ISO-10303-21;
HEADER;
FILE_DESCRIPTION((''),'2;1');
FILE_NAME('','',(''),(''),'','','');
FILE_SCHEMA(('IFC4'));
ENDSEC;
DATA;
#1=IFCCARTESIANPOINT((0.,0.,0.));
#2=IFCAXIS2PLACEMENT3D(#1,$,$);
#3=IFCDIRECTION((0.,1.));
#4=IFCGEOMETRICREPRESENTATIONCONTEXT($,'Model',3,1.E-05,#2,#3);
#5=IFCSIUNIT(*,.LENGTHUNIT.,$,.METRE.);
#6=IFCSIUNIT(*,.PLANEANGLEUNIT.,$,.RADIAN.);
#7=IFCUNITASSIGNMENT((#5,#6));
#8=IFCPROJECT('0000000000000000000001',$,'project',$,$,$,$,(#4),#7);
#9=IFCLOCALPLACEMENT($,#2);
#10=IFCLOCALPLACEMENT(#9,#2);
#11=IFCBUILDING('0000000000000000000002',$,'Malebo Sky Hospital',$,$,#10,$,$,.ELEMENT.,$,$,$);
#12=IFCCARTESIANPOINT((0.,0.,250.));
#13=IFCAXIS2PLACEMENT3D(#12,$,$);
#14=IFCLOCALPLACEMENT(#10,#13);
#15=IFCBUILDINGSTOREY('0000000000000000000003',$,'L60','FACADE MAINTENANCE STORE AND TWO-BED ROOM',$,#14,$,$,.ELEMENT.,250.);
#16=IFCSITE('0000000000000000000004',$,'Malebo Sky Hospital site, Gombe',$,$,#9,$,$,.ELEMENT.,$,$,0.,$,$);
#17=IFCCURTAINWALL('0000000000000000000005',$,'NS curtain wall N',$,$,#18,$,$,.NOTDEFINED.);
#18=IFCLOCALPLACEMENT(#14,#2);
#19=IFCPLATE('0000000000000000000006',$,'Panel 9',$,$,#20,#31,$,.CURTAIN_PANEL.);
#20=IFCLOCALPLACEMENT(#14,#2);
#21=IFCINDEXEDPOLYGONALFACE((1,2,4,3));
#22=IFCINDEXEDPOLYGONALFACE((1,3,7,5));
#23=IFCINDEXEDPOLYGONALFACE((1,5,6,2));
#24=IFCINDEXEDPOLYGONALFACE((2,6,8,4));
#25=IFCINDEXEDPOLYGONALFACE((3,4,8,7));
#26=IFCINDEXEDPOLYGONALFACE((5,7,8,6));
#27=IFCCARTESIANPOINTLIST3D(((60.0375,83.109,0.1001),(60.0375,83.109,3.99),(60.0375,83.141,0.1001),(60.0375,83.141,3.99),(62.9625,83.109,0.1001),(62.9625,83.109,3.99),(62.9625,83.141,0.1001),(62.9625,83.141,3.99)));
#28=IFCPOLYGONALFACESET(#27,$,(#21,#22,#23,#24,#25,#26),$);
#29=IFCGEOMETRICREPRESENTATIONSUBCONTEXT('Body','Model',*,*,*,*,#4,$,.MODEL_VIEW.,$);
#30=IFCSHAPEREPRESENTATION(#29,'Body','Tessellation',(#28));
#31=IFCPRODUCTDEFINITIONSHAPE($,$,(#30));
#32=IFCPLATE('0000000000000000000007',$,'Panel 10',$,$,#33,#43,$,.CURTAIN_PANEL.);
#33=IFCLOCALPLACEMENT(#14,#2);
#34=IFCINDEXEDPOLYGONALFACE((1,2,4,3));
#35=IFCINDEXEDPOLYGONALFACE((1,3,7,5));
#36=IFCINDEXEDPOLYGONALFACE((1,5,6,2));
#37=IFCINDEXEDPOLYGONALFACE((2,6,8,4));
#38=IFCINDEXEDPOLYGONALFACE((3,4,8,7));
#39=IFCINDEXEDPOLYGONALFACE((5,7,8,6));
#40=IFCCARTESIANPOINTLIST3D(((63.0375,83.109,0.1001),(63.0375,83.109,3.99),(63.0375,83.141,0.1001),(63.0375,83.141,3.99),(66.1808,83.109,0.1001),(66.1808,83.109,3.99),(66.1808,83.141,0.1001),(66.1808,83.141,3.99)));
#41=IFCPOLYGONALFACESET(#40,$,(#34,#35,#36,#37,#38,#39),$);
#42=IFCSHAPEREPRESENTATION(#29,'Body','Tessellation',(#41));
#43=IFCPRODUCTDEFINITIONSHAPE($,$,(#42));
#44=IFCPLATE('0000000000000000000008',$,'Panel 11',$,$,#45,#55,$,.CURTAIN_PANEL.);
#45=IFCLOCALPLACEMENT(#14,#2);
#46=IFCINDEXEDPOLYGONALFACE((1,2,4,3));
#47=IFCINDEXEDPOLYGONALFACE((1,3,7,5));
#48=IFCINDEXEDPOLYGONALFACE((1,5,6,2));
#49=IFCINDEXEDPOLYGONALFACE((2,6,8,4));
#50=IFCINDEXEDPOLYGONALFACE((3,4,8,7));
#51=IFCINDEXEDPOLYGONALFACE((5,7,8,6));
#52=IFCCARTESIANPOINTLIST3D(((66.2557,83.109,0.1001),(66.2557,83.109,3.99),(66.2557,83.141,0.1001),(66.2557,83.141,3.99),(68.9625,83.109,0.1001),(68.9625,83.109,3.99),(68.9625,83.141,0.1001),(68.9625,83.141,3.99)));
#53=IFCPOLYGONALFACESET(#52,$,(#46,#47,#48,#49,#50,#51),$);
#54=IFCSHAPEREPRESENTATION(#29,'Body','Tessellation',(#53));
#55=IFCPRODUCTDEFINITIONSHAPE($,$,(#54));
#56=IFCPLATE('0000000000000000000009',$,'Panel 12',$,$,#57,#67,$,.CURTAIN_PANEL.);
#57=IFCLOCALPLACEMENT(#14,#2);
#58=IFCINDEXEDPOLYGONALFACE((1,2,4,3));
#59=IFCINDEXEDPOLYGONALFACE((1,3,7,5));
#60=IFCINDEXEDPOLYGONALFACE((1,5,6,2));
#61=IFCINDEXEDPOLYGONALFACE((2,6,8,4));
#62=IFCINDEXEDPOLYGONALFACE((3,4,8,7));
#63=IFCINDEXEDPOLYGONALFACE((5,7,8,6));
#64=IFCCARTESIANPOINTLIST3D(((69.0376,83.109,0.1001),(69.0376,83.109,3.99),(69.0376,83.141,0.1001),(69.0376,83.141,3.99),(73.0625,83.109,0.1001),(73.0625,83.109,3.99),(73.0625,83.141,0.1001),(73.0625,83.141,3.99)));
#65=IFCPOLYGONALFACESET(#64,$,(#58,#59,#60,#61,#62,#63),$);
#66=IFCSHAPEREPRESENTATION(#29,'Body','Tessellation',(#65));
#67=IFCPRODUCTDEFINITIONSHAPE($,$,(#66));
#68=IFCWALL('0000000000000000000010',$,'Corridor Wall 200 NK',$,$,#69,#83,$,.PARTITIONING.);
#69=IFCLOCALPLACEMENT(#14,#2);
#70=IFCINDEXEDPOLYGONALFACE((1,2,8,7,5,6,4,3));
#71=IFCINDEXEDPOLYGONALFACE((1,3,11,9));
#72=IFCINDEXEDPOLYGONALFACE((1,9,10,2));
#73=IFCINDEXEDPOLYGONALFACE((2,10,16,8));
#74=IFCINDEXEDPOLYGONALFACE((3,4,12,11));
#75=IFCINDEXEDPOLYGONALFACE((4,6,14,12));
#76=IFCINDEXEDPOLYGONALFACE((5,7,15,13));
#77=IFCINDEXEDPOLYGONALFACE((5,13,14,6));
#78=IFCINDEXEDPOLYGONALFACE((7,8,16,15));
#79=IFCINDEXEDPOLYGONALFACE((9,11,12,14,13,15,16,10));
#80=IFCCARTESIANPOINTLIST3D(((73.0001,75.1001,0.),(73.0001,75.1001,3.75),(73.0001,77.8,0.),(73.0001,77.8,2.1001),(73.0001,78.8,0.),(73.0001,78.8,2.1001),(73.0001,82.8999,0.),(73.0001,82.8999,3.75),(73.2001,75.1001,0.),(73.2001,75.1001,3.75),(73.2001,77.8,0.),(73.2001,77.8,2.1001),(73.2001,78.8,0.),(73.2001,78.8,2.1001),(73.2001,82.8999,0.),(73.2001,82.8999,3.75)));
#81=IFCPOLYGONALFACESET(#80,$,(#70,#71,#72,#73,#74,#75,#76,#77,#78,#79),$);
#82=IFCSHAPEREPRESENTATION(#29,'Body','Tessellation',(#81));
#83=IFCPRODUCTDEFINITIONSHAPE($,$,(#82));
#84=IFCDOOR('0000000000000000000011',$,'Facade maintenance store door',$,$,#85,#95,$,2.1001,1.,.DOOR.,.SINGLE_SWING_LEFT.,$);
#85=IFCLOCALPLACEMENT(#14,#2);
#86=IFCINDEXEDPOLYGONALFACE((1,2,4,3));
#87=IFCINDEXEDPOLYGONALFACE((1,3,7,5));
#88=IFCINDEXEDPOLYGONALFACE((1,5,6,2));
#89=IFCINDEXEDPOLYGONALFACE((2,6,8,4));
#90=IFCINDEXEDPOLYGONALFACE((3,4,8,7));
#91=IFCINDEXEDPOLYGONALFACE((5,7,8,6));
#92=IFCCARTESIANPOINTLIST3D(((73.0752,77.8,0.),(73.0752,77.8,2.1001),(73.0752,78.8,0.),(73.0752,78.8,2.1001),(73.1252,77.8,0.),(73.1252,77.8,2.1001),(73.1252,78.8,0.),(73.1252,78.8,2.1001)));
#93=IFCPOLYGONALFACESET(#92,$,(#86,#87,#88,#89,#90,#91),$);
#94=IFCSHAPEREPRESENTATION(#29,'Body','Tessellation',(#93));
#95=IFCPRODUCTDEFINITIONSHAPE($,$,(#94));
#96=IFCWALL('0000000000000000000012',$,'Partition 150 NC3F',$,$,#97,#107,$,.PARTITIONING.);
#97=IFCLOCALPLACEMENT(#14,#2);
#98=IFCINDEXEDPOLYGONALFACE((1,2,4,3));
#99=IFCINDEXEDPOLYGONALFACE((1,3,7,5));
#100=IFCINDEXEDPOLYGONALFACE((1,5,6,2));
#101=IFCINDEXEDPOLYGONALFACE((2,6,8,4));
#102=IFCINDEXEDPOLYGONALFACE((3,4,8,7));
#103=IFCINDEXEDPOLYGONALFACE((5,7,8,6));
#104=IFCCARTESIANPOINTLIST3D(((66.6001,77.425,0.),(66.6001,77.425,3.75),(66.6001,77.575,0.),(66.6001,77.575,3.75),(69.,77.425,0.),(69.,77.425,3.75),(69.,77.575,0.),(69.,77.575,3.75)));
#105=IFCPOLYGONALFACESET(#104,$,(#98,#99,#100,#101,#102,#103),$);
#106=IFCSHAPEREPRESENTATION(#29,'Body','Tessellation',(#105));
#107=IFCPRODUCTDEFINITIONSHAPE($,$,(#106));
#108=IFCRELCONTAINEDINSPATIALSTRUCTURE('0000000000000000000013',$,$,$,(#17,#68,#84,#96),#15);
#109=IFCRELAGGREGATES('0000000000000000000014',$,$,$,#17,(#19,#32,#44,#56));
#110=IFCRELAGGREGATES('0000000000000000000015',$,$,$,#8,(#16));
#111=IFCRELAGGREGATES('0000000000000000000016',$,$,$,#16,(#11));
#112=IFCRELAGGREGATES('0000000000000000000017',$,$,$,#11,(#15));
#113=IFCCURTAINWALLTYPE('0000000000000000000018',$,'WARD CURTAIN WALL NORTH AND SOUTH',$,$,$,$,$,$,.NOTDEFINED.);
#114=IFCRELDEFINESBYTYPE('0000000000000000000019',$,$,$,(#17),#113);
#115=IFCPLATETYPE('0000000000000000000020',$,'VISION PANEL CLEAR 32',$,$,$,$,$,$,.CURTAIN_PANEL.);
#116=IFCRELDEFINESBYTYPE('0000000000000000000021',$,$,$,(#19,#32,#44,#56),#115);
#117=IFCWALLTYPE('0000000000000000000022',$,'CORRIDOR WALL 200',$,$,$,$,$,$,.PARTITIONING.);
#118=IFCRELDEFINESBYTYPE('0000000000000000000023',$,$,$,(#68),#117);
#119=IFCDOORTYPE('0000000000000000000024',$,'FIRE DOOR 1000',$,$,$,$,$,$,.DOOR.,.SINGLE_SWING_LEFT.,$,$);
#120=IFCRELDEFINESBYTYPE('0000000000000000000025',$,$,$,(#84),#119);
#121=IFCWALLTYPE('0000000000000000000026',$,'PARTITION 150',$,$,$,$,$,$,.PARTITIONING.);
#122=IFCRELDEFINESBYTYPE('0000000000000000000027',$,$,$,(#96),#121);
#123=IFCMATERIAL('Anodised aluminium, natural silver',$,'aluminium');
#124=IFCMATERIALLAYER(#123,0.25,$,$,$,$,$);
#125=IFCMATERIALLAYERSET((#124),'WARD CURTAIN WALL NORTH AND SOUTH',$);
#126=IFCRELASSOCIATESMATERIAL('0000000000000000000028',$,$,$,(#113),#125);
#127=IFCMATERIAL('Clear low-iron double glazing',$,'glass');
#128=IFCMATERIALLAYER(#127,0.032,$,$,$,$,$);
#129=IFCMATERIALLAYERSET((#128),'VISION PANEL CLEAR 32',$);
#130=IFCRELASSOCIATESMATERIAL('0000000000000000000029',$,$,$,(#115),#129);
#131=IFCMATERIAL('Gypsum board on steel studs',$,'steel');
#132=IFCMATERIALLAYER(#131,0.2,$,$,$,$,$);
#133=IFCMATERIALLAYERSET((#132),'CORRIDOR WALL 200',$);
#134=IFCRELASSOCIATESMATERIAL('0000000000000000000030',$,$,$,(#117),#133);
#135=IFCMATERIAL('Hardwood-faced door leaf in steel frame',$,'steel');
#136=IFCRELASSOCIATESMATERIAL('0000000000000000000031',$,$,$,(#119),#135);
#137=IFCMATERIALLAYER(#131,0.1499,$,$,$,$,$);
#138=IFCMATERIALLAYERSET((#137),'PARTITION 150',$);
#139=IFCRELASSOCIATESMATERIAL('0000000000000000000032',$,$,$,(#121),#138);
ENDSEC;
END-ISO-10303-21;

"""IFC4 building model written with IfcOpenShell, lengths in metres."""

from ifc_helpers import new_model, si_unit, direction, frame, frame_2d, origin, origin_2d, place, context, subcontext, project, spatial, rectangle, extrude, material, layer, layer_set, type_object, element, fill, aggregate, save


model = new_model("IFC4")

# Units and contexts
model_context = context("Model", 3, precision=1e-05, world=origin(), true_north=direction((0.0, 1.0)))
body_context = subcontext(model_context, "Body", "Model", "MODEL_VIEW")
ifc_project = project(units=[si_unit("LENGTHUNIT", "METRE"), si_unit("PLANEANGLEUNIT", "RADIAN")], contexts=[model_context])

# Site, building, storey
site_placement = place(None, origin())
site = spatial("IfcSite", under=ifc_project, at=site_placement, Name="Malebo Sky Hospital site, Gombe", CompositionType="ELEMENT", RefElevation=0.0)
building_placement = place(site_placement, origin())
building = spatial("IfcBuilding", under=site, at=building_placement, Name="Malebo Sky Hospital", CompositionType="ELEMENT")
storey_placement = place(building_placement, frame((0.0, 0.0, 250.0)))
storey = spatial("IfcBuildingStorey", under=building, at=storey_placement, Name="L60", Description="FACADE MAINTENANCE STORE AND TWO-BED ROOM", CompositionType="ELEMENT", Elevation=250.0)

# Curtain wall
ifc_material_1 = material(Name="Anodised aluminium, natural silver", Category="aluminium")
ifc_layer_1 = layer(ifc_material_1, 0.25)
ifc_layer_set_1 = layer_set([ifc_layer_1], Name="WARD CURTAIN WALL NORTH AND SOUTH")
curtain_wall_type = type_object("IfcCurtainWallType", Name="WARD CURTAIN WALL NORTH AND SOUTH", PredefinedType="NOTDEFINED", material=ifc_layer_set_1)
curtain_wall_placement = place(storey_placement, origin())
curtain_wall = element("IfcCurtainWall", 1, at=curtain_wall_placement, inside=storey, type_object=curtain_wall_type, Name="NS curtain wall N", PredefinedType="NOTDEFINED")

# Plates
ifc_material_2 = material(Name="Clear low-iron double glazing", Category="glass")
ifc_layer_2 = layer(ifc_material_2, 0.032)
ifc_layer_set_2 = layer_set([ifc_layer_2], Name="VISION PANEL CLEAR 32")
plate_type = type_object("IfcPlateType", Name="VISION PANEL CLEAR 32", PredefinedType="CURTAIN_PANEL", material=ifc_layer_set_2)
plate_1_placement = place(storey_placement, frame((61.5, 83.125, 0.1001), z_axis=(0.0, 0.0, 1.0), x_axis=(1.0, 0.0, 0.0)))
plate_1 = element("IfcPlate", 2, at=plate_1_placement, type_object=plate_type, Name="Panel 9", PredefinedType="CURTAIN_PANEL", context=body_context, shape_type="SweptSolid", body=[
    extrude(rectangle(XDim=2.925, YDim=0.032, at=origin_2d()), origin(), (0.0, 0.0, 1.0), 3.8899),
])
plate_2_placement = place(storey_placement, frame((64.6091, 83.125, 0.1001), z_axis=(0.0, 0.0, 1.0), x_axis=(1.0, 0.0, 0.0)))
plate_2 = element("IfcPlate", 3, at=plate_2_placement, type_object=plate_type, Name="Panel 10", PredefinedType="CURTAIN_PANEL", context=body_context, shape_type="SweptSolid", body=[
    extrude(rectangle(XDim=3.1433, YDim=0.032, at=origin_2d()), origin(), (0.0, 0.0, 1.0), 3.8899),
])
plate_3_placement = place(storey_placement, frame((67.6091, 83.125, 0.1001), z_axis=(0.0, 0.0, 1.0), x_axis=(1.0, 0.0, 0.0)))
plate_3 = element("IfcPlate", 4, at=plate_3_placement, type_object=plate_type, Name="Panel 11", PredefinedType="CURTAIN_PANEL", context=body_context, shape_type="SweptSolid", body=[
    extrude(rectangle(XDim=2.7068, YDim=0.032, at=origin_2d()), origin(), (0.0, 0.0, 1.0), 3.8899),
])
plate_4_placement = place(storey_placement, frame((71.05, 83.125, 0.1001), z_axis=(0.0, 0.0, 1.0), x_axis=(1.0, 0.0, 0.0)))
plate_4 = element("IfcPlate", 5, at=plate_4_placement, type_object=plate_type, Name="Panel 12", PredefinedType="CURTAIN_PANEL", context=body_context, shape_type="SweptSolid", body=[
    extrude(rectangle(XDim=4.0249, YDim=0.032, at=origin_2d()), origin(), (0.0, 0.0, 1.0), 3.8899),
])
aggregate(curtain_wall, [plate_1, plate_2, plate_3, plate_4])

# Wall, opening, door
ifc_material_3 = material(Name="Gypsum board on steel studs", Category="steel")
ifc_layer_3 = layer(ifc_material_3, 0.2)
ifc_layer_set_3 = layer_set([ifc_layer_3], Name="CORRIDOR WALL 200")
wall_type_1 = type_object("IfcWallType", Name="CORRIDOR WALL 200", PredefinedType="PARTITIONING", material=ifc_layer_set_3)
wall_1_placement = place(storey_placement, frame((73.1001, 75.1001, 0.0), z_axis=(0.0, 0.0, 1.0), x_axis=(0.0, 1.0, 0.0)))
wall_1 = element("IfcWall", 6, at=wall_1_placement, inside=storey, type_object=wall_type_1, Name="Corridor Wall 200 NK", PredefinedType="PARTITIONING", context=body_context, shape_type="SweptSolid", body=[
    extrude(rectangle(XDim=7.7998, YDim=0.2, at=frame_2d((3.8999, 0.0))), origin(), (0.0, 0.0, 1.0), 3.75),
])
opening_placement = place(wall_1_placement, frame((2.7, 0.0, 0.0)))
opening = element("IfcOpeningElement", 7, at=opening_placement, cuts=wall_1, PredefinedType="OPENING", context=body_context, shape_type="SweptSolid", body=[
    extrude(rectangle(XDim=1.0, YDim=2.1001, at=frame_2d((0.5, 1.05))), frame((0.0, 0.1099, 0.0), z_axis=(0.0, -1.0, 0.0), x_axis=(1.0, 0.0, 0.0)), (0.0, 0.0, 1.0), 0.22),
])
ifc_material_4 = material(Name="Hardwood-faced door leaf in steel frame", Category="steel")
door_type = type_object("IfcDoorType", Name="FIRE DOOR 1000", OperationType="SINGLE_SWING_LEFT", PredefinedType="DOOR", material=ifc_material_4)
door_placement = place(opening_placement, origin())
door = element("IfcDoor", 8, at=door_placement, inside=storey, type_object=door_type, Name="Facade maintenance store door", OperationType="SINGLE_SWING_LEFT", OverallHeight=2.1001, OverallWidth=1.0, PredefinedType="DOOR", context=body_context, shape_type="SweptSolid", body=[
    extrude(rectangle(XDim=1.0, YDim=2.1001, at=frame_2d((0.5, 1.05))), frame((0.0, 0.0249, 0.0), z_axis=(0.0, -1.0, 0.0), x_axis=(1.0, 0.0, 0.0)), (0.0, 0.0, 1.0), 0.05),
])
fill(opening, door)

# Wall
ifc_layer_4 = layer(ifc_material_3, 0.1499)
ifc_layer_set_4 = layer_set([ifc_layer_4], Name="PARTITION 150")
wall_type_2 = type_object("IfcWallType", Name="PARTITION 150", PredefinedType="PARTITIONING", material=ifc_layer_set_4)
wall_2_placement = place(storey_placement, frame((66.6001, 77.5, 0.0), z_axis=(0.0, 0.0, 1.0), x_axis=(1.0, 0.0, 0.0)))
element("IfcWall", 9, at=wall_2_placement, inside=storey, type_object=wall_type_2, Name="Partition 150 NC3F", PredefinedType="PARTITIONING", context=body_context, shape_type="SweptSolid", body=[
    extrude(rectangle(XDim=2.3999, YDim=0.1499, at=frame_2d((1.2, 0.0))), origin(), (0.0, 0.0, 1.0), 3.75),
])

save(model, "model.ifc")
